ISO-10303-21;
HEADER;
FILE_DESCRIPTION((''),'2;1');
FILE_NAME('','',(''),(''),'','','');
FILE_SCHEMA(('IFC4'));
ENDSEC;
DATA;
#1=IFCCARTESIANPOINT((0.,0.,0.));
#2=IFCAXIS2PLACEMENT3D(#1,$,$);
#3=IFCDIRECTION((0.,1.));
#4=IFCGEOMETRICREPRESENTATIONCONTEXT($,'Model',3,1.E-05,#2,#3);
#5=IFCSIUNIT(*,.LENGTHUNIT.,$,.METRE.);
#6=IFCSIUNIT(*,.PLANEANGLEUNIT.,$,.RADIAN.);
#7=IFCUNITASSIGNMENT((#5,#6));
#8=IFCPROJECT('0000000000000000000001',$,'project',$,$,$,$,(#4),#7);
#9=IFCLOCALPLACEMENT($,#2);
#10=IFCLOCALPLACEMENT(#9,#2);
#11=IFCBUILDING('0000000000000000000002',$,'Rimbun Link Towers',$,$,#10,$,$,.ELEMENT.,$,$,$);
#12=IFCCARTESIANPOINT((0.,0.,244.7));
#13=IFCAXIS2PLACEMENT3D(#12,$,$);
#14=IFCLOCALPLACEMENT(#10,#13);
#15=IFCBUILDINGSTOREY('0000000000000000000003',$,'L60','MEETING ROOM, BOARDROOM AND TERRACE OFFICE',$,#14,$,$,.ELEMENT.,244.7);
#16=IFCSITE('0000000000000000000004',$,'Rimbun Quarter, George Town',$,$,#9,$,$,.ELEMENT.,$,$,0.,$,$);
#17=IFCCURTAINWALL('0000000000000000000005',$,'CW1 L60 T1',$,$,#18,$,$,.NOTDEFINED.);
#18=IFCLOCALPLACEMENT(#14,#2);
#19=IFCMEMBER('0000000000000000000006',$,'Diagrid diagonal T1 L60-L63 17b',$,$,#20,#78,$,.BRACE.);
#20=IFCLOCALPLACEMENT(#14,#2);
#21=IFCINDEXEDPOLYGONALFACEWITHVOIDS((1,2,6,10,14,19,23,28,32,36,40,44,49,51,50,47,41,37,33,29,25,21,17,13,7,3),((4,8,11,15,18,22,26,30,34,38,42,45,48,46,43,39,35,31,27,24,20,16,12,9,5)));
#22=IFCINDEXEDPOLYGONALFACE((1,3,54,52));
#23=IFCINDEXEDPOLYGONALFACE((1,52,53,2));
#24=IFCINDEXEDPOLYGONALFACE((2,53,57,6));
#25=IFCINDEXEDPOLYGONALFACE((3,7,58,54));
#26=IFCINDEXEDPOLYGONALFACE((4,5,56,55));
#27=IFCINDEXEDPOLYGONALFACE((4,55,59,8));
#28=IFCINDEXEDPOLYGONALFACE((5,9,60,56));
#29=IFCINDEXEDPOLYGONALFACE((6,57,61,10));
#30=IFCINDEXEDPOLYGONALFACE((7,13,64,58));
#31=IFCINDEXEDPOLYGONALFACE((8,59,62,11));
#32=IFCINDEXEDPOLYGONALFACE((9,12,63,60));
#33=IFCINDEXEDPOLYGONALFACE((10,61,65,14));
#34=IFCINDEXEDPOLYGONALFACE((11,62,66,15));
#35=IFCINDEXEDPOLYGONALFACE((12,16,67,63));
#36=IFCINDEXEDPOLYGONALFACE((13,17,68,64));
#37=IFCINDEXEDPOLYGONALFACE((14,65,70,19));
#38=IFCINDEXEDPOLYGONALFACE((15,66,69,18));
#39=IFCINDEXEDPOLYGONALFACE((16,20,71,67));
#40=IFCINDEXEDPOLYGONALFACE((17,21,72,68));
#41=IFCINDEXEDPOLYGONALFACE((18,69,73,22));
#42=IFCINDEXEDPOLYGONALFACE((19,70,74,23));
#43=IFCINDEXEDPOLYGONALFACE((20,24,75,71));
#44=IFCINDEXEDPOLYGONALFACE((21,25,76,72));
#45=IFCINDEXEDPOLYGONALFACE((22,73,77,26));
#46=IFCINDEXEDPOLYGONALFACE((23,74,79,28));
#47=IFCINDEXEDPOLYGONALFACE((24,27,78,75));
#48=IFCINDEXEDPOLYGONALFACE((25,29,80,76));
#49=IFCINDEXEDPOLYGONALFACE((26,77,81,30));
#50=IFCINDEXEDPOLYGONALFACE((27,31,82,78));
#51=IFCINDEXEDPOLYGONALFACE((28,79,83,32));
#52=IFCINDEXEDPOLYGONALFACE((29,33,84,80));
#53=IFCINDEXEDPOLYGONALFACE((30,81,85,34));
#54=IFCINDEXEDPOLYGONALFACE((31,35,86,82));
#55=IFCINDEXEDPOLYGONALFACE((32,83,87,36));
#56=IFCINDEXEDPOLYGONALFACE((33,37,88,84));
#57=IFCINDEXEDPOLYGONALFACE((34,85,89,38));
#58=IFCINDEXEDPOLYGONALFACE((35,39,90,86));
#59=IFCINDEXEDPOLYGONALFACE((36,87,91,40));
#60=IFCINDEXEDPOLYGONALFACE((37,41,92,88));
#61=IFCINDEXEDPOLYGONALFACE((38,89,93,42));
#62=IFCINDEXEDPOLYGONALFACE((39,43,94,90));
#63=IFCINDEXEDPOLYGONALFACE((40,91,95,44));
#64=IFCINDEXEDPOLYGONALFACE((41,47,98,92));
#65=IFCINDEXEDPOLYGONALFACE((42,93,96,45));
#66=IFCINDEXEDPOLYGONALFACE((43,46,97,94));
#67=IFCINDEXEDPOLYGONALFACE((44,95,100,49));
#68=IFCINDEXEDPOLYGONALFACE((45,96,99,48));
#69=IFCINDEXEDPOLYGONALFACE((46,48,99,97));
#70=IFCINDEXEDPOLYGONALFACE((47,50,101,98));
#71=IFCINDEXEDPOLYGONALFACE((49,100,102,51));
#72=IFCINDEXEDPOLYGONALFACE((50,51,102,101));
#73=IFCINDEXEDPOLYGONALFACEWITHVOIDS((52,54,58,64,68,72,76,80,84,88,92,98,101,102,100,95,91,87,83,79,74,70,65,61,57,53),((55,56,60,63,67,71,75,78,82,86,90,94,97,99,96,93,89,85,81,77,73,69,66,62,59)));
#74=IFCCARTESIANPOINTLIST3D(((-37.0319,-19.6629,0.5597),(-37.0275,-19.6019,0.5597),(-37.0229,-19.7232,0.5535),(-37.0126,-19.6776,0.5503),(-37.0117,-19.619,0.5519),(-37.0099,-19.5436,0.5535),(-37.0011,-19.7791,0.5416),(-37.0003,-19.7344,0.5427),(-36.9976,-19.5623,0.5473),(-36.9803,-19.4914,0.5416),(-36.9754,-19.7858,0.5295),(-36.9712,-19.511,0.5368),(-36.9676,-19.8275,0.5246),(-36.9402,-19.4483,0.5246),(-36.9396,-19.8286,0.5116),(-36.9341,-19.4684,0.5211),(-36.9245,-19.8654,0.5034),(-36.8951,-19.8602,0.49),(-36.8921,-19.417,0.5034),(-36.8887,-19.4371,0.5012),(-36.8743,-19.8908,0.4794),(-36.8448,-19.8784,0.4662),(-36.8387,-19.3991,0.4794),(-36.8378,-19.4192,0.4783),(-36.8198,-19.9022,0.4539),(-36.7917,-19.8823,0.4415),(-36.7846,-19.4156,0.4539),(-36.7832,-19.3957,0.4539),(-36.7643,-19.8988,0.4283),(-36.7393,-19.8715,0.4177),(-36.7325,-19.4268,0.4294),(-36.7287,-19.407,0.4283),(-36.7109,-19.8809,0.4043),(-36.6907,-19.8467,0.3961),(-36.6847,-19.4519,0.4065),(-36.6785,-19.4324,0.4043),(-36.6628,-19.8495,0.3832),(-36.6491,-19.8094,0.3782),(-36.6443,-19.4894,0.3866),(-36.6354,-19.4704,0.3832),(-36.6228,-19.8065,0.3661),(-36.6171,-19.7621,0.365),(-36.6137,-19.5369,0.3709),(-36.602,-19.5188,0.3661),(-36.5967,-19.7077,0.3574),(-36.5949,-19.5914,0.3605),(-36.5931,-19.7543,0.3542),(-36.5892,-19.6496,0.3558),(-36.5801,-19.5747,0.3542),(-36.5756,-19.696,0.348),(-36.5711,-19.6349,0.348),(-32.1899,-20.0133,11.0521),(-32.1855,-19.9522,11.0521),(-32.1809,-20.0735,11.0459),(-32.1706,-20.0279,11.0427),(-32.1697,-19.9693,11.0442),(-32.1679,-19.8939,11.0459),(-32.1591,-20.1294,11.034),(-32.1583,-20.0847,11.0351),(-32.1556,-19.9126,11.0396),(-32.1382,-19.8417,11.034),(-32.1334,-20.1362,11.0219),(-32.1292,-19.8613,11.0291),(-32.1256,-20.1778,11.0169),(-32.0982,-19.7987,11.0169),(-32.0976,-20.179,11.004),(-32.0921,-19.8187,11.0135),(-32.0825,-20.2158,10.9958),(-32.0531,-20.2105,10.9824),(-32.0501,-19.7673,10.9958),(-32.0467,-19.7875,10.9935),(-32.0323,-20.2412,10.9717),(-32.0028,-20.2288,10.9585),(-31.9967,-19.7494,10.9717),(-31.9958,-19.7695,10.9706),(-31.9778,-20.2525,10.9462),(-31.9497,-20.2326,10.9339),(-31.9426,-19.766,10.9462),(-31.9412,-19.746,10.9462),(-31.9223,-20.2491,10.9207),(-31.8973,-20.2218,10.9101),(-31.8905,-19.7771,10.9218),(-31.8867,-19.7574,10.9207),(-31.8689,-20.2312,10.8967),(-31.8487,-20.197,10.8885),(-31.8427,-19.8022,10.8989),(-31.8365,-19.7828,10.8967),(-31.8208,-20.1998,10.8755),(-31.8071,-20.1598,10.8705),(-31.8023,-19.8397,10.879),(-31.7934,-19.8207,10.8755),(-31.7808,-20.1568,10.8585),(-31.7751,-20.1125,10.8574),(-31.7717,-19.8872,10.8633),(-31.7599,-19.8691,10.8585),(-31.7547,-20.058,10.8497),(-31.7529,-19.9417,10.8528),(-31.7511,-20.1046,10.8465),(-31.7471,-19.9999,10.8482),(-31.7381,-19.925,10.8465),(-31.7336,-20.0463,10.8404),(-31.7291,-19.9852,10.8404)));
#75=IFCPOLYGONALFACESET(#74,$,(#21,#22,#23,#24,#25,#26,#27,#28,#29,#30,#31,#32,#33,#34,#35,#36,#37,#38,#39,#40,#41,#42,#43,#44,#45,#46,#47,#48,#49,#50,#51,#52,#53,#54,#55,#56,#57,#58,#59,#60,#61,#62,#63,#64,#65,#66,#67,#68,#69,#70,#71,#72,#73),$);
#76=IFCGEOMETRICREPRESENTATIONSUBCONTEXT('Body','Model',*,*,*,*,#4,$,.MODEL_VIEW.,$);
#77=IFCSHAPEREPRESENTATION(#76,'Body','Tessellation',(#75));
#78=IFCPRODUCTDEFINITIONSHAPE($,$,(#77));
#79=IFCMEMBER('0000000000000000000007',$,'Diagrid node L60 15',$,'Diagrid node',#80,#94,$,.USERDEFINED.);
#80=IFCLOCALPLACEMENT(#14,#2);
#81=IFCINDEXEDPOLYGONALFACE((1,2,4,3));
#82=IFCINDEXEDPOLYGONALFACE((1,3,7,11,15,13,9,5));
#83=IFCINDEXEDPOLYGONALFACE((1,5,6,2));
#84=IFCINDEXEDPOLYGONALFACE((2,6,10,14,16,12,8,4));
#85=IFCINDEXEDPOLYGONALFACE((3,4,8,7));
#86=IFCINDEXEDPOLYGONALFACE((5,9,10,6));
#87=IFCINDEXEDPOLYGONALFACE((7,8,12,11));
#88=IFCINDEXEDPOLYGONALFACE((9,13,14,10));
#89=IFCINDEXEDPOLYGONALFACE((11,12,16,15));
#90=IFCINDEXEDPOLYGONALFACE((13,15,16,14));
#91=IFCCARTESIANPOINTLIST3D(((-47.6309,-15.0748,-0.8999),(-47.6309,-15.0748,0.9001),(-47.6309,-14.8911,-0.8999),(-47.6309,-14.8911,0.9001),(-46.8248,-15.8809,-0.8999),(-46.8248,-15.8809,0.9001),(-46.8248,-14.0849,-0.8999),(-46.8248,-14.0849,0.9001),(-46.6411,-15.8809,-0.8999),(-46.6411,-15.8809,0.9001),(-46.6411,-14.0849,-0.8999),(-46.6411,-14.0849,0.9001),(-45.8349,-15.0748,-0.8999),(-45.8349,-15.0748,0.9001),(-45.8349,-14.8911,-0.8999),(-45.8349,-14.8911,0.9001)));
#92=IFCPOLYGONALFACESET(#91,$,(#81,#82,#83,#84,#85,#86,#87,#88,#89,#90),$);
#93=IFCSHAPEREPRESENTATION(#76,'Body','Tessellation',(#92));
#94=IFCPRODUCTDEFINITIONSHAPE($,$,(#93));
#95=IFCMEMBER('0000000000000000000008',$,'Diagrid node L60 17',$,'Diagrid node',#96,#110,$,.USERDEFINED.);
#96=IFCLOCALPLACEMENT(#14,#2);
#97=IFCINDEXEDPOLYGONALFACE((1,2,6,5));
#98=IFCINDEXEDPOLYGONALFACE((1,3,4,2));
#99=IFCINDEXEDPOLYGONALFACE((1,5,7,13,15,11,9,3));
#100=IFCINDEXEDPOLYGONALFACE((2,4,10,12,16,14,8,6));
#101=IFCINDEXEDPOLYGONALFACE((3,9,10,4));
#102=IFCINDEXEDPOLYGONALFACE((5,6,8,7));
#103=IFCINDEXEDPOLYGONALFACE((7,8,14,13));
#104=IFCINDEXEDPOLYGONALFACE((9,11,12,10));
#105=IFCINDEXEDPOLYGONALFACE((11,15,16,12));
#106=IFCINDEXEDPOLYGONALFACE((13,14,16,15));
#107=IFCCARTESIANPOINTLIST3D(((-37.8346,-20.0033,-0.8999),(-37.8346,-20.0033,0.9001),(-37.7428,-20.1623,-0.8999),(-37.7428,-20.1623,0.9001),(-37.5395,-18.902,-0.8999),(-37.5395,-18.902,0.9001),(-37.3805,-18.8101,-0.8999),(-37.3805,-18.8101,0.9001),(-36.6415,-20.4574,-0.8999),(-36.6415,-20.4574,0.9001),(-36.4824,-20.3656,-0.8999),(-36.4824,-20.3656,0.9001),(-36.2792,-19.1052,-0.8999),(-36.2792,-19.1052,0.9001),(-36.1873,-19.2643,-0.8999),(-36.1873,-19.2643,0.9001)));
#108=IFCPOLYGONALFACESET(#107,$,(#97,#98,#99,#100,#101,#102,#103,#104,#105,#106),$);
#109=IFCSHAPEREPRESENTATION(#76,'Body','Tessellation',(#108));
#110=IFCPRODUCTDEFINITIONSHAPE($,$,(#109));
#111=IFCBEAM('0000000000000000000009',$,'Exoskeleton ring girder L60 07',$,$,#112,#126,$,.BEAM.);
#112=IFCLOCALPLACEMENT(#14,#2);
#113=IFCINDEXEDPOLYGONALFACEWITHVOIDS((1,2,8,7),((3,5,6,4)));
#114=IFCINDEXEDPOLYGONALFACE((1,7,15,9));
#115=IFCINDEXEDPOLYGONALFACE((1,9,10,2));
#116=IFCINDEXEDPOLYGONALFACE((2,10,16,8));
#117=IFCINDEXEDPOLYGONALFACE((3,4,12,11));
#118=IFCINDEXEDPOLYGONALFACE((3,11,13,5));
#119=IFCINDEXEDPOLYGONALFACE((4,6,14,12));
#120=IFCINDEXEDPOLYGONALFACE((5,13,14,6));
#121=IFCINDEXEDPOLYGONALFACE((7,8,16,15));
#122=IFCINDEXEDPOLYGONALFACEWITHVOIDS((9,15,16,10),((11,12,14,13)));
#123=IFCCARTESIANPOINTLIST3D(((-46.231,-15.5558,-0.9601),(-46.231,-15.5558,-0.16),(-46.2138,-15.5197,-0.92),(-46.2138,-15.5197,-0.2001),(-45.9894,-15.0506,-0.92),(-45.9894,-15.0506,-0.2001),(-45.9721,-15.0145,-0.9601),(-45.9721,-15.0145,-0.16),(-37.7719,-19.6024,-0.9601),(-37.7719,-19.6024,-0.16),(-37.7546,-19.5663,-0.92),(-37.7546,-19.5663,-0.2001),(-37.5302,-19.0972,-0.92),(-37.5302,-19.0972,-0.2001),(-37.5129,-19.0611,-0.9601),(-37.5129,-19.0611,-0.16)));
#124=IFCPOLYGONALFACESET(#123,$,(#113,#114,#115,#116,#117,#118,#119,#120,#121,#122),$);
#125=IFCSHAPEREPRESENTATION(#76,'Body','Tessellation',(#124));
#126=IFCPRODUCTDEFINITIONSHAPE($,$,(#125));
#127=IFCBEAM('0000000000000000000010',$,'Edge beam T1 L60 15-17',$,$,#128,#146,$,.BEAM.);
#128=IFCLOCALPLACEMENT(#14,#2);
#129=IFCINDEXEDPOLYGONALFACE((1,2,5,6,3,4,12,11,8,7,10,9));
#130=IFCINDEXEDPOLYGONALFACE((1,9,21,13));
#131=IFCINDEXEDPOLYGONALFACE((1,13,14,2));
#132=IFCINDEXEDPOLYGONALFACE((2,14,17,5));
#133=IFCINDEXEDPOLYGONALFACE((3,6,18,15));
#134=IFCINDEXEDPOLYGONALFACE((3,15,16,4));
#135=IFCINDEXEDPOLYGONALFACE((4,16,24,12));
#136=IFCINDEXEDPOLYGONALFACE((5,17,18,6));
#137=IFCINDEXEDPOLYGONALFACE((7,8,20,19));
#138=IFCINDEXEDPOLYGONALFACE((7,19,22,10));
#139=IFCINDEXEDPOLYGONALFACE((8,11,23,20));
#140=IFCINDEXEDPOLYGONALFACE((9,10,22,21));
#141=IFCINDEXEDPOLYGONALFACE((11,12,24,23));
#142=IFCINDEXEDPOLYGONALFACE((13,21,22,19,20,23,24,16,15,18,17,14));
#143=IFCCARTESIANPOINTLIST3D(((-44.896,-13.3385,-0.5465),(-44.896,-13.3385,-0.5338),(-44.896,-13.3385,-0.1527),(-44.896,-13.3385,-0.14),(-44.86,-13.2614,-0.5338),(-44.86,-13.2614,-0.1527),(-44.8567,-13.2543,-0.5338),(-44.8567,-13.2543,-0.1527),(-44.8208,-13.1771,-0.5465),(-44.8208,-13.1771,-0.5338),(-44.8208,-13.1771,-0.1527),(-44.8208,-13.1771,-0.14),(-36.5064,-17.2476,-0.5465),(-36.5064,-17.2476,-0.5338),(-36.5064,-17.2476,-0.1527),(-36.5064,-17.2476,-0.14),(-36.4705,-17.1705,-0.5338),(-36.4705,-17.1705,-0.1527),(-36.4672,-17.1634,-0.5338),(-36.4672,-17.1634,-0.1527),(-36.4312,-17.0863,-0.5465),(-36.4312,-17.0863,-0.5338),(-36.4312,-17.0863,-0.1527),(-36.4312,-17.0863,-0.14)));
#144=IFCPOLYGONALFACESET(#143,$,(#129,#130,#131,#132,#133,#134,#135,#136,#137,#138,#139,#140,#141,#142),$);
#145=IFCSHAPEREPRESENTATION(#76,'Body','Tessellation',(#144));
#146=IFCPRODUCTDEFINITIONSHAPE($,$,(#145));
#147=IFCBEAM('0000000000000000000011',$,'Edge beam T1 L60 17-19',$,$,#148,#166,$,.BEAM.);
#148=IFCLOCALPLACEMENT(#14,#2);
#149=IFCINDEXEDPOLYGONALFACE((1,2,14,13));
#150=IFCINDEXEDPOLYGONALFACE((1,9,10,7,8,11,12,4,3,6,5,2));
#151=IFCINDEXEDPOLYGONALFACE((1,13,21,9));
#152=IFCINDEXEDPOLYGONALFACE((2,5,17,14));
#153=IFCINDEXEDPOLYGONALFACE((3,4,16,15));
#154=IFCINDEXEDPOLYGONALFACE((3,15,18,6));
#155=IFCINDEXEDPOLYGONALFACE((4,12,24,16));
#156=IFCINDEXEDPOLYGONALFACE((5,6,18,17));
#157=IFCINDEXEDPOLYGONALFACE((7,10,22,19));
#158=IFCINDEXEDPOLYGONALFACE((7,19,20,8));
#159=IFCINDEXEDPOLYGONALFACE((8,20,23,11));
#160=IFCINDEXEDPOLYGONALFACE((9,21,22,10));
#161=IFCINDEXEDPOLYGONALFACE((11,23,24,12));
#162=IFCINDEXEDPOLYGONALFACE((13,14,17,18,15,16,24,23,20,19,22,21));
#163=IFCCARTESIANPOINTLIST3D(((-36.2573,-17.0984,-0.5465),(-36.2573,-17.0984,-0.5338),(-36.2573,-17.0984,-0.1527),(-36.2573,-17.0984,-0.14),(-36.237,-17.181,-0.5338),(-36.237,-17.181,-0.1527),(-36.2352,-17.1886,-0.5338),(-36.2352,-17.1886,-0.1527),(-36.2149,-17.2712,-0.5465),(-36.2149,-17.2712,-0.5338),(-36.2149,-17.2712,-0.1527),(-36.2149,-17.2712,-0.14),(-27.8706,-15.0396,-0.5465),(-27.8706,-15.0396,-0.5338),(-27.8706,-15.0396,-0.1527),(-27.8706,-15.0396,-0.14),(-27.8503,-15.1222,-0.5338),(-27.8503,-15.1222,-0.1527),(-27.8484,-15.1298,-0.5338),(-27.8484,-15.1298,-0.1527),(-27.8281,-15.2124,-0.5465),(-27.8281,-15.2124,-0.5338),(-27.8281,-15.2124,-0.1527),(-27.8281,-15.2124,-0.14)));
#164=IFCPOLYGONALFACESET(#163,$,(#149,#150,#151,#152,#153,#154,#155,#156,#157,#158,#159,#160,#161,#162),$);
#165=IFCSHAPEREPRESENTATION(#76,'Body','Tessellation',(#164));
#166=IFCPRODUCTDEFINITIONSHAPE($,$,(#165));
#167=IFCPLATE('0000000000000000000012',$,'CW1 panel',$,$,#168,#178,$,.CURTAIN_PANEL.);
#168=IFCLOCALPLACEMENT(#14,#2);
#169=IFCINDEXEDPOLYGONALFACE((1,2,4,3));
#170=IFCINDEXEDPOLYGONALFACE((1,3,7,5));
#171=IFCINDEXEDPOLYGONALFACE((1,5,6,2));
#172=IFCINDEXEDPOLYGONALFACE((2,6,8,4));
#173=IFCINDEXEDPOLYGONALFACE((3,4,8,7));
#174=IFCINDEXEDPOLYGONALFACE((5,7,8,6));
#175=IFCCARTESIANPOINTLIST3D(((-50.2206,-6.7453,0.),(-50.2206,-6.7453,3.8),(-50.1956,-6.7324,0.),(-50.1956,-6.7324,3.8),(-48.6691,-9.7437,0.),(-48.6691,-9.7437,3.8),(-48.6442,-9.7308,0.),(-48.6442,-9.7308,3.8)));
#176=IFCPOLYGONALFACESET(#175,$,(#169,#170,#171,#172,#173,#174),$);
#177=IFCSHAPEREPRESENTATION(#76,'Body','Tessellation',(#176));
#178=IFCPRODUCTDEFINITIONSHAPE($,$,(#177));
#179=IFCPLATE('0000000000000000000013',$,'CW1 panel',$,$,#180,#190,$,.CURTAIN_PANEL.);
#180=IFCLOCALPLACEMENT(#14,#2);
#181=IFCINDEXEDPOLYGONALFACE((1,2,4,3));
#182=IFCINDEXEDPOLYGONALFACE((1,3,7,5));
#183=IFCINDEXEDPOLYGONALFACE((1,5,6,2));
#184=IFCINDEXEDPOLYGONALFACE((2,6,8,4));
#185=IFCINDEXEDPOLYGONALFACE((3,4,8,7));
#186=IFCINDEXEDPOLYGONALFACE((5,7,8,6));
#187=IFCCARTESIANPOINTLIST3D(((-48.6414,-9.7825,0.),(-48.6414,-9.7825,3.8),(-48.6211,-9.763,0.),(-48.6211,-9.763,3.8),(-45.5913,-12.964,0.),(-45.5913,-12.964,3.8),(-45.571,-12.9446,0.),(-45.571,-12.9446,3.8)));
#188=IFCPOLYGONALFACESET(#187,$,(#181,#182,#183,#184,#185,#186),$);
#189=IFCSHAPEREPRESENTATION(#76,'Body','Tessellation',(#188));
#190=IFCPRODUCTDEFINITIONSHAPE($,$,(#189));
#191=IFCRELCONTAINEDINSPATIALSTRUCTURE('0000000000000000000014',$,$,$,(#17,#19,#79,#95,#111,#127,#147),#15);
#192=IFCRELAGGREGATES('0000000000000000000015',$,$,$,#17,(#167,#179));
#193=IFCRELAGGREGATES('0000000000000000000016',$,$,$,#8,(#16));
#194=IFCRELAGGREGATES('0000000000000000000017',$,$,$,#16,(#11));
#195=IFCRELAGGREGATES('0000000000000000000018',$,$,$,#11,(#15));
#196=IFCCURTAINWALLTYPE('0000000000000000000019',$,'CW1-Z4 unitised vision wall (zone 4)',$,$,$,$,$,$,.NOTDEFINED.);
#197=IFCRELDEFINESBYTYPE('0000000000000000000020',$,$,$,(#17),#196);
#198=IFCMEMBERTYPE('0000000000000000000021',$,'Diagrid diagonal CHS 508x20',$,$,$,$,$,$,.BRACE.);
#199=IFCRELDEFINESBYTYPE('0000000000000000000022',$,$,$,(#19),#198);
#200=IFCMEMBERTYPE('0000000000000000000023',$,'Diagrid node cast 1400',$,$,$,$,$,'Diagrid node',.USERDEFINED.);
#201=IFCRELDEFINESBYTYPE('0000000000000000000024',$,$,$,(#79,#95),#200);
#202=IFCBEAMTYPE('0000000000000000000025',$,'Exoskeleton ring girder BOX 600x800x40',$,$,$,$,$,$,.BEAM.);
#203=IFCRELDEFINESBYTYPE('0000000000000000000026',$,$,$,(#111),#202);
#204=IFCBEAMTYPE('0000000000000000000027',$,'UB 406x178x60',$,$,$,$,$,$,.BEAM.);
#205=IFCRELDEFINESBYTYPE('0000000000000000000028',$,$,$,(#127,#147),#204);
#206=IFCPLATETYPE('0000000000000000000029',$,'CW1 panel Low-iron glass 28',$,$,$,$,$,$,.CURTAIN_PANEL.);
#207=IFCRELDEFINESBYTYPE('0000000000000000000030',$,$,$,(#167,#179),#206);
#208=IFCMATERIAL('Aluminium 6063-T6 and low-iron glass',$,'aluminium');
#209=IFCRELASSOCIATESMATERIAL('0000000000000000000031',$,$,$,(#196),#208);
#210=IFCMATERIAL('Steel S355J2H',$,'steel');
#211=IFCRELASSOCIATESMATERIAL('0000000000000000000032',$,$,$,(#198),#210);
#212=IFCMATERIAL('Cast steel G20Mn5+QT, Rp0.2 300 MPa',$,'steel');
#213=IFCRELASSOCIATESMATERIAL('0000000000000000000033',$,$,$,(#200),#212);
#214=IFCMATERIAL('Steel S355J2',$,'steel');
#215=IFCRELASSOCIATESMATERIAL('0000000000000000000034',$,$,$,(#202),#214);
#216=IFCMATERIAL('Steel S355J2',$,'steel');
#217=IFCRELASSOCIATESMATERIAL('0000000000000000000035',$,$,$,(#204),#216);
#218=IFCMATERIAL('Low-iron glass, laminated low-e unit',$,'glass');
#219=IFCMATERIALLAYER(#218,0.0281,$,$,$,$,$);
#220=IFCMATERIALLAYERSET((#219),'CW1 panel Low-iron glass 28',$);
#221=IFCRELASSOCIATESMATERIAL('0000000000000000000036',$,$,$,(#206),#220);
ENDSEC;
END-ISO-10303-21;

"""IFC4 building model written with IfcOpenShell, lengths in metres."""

from ifc_helpers import new_model, si_unit, direction, frame, origin, origin_2d, place, context, subcontext, project, spatial, polyline, rectangle, hollow_rectangle, hollow_circle, i_section, outline, extrude, material, layer, layer_set, material_profile, profile_set, type_object, element, aggregate, save


model = new_model("IFC4")

# Units and contexts
model_context = context("Model", 3, precision=1e-05, world=origin(), true_north=direction((0.0, 1.0)))
body_context = subcontext(model_context, "Body", "Model", "MODEL_VIEW")
ifc_project = project(units=[si_unit("LENGTHUNIT", "METRE"), si_unit("PLANEANGLEUNIT", "RADIAN")], contexts=[model_context])

# Site, building, storey
site_placement = place(None, origin())
site = spatial("IfcSite", under=ifc_project, at=site_placement, Name="Rimbun Quarter, George Town", CompositionType="ELEMENT", RefElevation=0.0)
building_placement = place(site_placement, origin())
building = spatial("IfcBuilding", under=site, at=building_placement, Name="Rimbun Link Towers", CompositionType="ELEMENT")
storey_placement = place(building_placement, frame((0.0, 0.0, 244.7)))
storey = spatial("IfcBuildingStorey", under=building, at=storey_placement, Name="L60", Description="MEETING ROOM, BOARDROOM AND TERRACE OFFICE", CompositionType="ELEMENT", Elevation=244.7)

# Curtain wall
ifc_material_1 = material(Name="Aluminium 6063-T6 and low-iron glass", Category="aluminium")
curtain_wall_type = type_object("IfcCurtainWallType", Name="CW1-Z4 unitised vision wall (zone 4)", PredefinedType="NOTDEFINED", material=ifc_material_1)
curtain_wall_placement = place(storey_placement, origin())
curtain_wall = element("IfcCurtainWall", 1, at=curtain_wall_placement, inside=storey, type_object=curtain_wall_type, Name="CW1 L60 T1", PredefinedType="NOTDEFINED")

# Members
ifc_material_2 = material(Name="Steel S355J2H", Category="steel")
ifc_material_profile_1 = material_profile(ifc_material_2, hollow_circle(Radius=0.2539, WallThickness=0.02, at=origin_2d()), Name="Diagrid diagonal CHS 508x20")
ifc_profile_set_1 = profile_set([ifc_material_profile_1], Name="Steel S355J2H")
member_type_1 = type_object("IfcMemberType", Name="Diagrid diagonal CHS 508x20", PredefinedType="BRACE", material=ifc_profile_set_1)
member_1_placement = place(storey_placement, frame((-36.8015, -19.6489, 0.4539), z_axis=(0.418822, -0.030303, 0.907563), x_axis=(0.072166, 0.997393, 0.0)))
element("IfcMember", 2, at=member_1_placement, inside=storey, type_object=member_type_1, Name="Diagrid diagonal T1 L60-L63 17b", PredefinedType="BRACE", context=body_context, shape_type="SweptSolid", body=[
    extrude(hollow_circle(Radius=0.2539, WallThickness=0.02, at=origin_2d()), origin(), (0.0, 0.0, 1.0), 11.561),
])
ifc_material_3 = material(Name="Cast steel G20Mn5+QT, Rp0.2 300 MPa", Category="steel")
ifc_material_profile_2 = material_profile(ifc_material_3, outline(polyline([(0.7, -0.5701), (0.7, 0.5701), (0.5701, 0.7), (-0.5701, 0.7), (-0.7, 0.5701), (-0.7, -0.5701), (-0.5701, -0.7), (0.5701, -0.7), (0.7, -0.5701)])), Name="NODE 1400x1400")
ifc_profile_set_2 = profile_set([ifc_material_profile_2], Name="Cast steel G20Mn5+QT, Rp0.2 300 MPa")
member_type_2 = type_object("IfcMemberType", Name="Diagrid node cast 1400", ElementType="Diagrid node", PredefinedType="USERDEFINED", material=ifc_profile_set_2)
for number, where, z_axis, x_axis, name in (
    (3, (-46.7329, -14.9829, -0.8999), (0.0, 0.0, 1.0), (-0.707107, -0.707107, 0.0), "Diagrid node L60 15"),
    (4, (-37.011, -19.6338, -0.8999), (0.0, 0.0, 1.0), (-0.258819, -0.965926, 0.0), "Diagrid node L60 17"),
):
    element("IfcMember", number, at=place(storey_placement, frame(where, z_axis=z_axis, x_axis=x_axis)), inside=storey, type_object=member_type_2, Name=name, ObjectType="Diagrid node", PredefinedType="USERDEFINED", context=body_context, shape_type="SweptSolid", body=[
        extrude(outline(polyline([(0.7, -0.5701), (0.7, 0.5701), (0.5701, 0.7), (-0.5701, 0.7), (-0.7, 0.5701), (-0.7, -0.5701), (-0.5701, -0.7), (0.5701, -0.7), (0.7, -0.5701)])), origin(), (0.0, 0.0, 1.0), 1.8),
    ])

# Beams
ifc_material_4 = material(Name="Steel S355J2", Category="steel")
ifc_material_profile_3 = material_profile(ifc_material_4, hollow_rectangle(XDim=0.6001, YDim=0.8, WallThickness=0.04, at=origin_2d()), Name="Exoskeleton ring girder BOX 600x800x40")
ifc_profile_set_3 = profile_set([ifc_material_profile_3], Name="Steel S355J2")
beam_type_1 = type_object("IfcBeamType", Name="Exoskeleton ring girder BOX 600x800x40", PredefinedType="BEAM", material=ifc_profile_set_3)
beam_1_placement = place(storey_placement, frame((-46.1016, -15.2852, -0.5601), z_axis=(0.902096, -0.431535, 0.0), x_axis=(0.431535, 0.902096, 0.0)))
element("IfcBeam", 5, at=beam_1_placement, inside=storey, type_object=beam_type_1, Name="Exoskeleton ring girder L60 07", PredefinedType="BEAM", context=body_context, shape_type="SweptSolid", body=[
    extrude(hollow_rectangle(XDim=0.6001, YDim=0.8, WallThickness=0.04, at=origin_2d()), origin(), (0.0, 0.0, 1.0), 9.3772),
])
ifc_material_5 = material(Name="Steel S355J2", Category="steel")
ifc_material_profile_4 = material_profile(ifc_material_5, i_section(OverallWidth=0.178, OverallDepth=0.4065, WebThickness=0.0078, FlangeThickness=0.0127, at=origin_2d()), Name="UB 406x178x60")
ifc_profile_set_4 = profile_set([ifc_material_profile_4], Name="Steel S355J2")
beam_type_2 = type_object("IfcBeamType", Name="UB 406x178x60", PredefinedType="BEAM", material=ifc_profile_set_4)
beam_2_placement = place(storey_placement, frame((-44.8584, -13.2578, -0.3433), z_axis=(0.906431, -0.422354, 0.0), x_axis=(0.422354, 0.906431, 0.0)))
element("IfcBeam", 6, at=beam_2_placement, inside=storey, type_object=beam_type_2, Name="Edge beam T1 L60 15-17", PredefinedType="BEAM", context=body_context, shape_type="SweptSolid", body=[
    extrude(i_section(OverallWidth=0.178, OverallDepth=0.4065, WebThickness=0.0078, FlangeThickness=0.0127, at=origin_2d()), origin(), (0.0, 0.0, 1.0), 9.2556),
])
beam_3_placement = place(storey_placement, frame((-36.2361, -17.1848, -0.3433), z_axis=(0.971165, 0.238409, 0.0), x_axis=(-0.238409, 0.971165, 0.0)))
element("IfcBeam", 7, at=beam_3_placement, inside=storey, type_object=beam_type_2, Name="Edge beam T1 L60 17-19", PredefinedType="BEAM", context=body_context, shape_type="SweptSolid", body=[
    extrude(i_section(OverallWidth=0.178, OverallDepth=0.4065, WebThickness=0.0078, FlangeThickness=0.0127, at=origin_2d()), origin(), (0.0, 0.0, 1.0), 8.6357),
])

# Plates
ifc_material_6 = material(Name="Low-iron glass, laminated low-e unit", Category="glass")
ifc_layer_1 = layer(ifc_material_6, 0.0281)
ifc_layer_set_1 = layer_set([ifc_layer_1], Name="CW1 panel Low-iron glass 28")
plate_type = type_object("IfcPlateType", Name="CW1 panel Low-iron glass 28", PredefinedType="CURTAIN_PANEL", material=ifc_layer_set_1)
plate_1_placement = place(storey_placement, frame((-49.4324, -8.238, 0.0), z_axis=(0.0, 0.0, 1.0), x_axis=(-0.459552, 0.888151, 0.0)))
plate_1 = element("IfcPlate", 8, at=plate_1_placement, type_object=plate_type, Name="CW1 panel", PredefinedType="CURTAIN_PANEL", context=body_context, shape_type="SweptSolid", body=[
    extrude(rectangle(XDim=3.376, YDim=0.0281, at=origin_2d()), origin(), (0.0, 0.0, 1.0), 3.8),
])
plate_2_placement = place(storey_placement, frame((-47.1062, -11.3635, 0.0), z_axis=(0.0, 0.0, 1.0), x_axis=(-0.692041, 0.721858, 0.0)))
plate_2 = element("IfcPlate", 9, at=plate_2_placement, type_object=plate_type, Name="CW1 panel", PredefinedType="CURTAIN_PANEL", context=body_context, shape_type="SweptSolid", body=[
    extrude(rectangle(XDim=4.4075, YDim=0.0281, at=origin_2d()), origin(), (0.0, 0.0, 1.0), 3.8),
])
aggregate(curtain_wall, [plate_1, plate_2])

save(model, "model.ifc")
